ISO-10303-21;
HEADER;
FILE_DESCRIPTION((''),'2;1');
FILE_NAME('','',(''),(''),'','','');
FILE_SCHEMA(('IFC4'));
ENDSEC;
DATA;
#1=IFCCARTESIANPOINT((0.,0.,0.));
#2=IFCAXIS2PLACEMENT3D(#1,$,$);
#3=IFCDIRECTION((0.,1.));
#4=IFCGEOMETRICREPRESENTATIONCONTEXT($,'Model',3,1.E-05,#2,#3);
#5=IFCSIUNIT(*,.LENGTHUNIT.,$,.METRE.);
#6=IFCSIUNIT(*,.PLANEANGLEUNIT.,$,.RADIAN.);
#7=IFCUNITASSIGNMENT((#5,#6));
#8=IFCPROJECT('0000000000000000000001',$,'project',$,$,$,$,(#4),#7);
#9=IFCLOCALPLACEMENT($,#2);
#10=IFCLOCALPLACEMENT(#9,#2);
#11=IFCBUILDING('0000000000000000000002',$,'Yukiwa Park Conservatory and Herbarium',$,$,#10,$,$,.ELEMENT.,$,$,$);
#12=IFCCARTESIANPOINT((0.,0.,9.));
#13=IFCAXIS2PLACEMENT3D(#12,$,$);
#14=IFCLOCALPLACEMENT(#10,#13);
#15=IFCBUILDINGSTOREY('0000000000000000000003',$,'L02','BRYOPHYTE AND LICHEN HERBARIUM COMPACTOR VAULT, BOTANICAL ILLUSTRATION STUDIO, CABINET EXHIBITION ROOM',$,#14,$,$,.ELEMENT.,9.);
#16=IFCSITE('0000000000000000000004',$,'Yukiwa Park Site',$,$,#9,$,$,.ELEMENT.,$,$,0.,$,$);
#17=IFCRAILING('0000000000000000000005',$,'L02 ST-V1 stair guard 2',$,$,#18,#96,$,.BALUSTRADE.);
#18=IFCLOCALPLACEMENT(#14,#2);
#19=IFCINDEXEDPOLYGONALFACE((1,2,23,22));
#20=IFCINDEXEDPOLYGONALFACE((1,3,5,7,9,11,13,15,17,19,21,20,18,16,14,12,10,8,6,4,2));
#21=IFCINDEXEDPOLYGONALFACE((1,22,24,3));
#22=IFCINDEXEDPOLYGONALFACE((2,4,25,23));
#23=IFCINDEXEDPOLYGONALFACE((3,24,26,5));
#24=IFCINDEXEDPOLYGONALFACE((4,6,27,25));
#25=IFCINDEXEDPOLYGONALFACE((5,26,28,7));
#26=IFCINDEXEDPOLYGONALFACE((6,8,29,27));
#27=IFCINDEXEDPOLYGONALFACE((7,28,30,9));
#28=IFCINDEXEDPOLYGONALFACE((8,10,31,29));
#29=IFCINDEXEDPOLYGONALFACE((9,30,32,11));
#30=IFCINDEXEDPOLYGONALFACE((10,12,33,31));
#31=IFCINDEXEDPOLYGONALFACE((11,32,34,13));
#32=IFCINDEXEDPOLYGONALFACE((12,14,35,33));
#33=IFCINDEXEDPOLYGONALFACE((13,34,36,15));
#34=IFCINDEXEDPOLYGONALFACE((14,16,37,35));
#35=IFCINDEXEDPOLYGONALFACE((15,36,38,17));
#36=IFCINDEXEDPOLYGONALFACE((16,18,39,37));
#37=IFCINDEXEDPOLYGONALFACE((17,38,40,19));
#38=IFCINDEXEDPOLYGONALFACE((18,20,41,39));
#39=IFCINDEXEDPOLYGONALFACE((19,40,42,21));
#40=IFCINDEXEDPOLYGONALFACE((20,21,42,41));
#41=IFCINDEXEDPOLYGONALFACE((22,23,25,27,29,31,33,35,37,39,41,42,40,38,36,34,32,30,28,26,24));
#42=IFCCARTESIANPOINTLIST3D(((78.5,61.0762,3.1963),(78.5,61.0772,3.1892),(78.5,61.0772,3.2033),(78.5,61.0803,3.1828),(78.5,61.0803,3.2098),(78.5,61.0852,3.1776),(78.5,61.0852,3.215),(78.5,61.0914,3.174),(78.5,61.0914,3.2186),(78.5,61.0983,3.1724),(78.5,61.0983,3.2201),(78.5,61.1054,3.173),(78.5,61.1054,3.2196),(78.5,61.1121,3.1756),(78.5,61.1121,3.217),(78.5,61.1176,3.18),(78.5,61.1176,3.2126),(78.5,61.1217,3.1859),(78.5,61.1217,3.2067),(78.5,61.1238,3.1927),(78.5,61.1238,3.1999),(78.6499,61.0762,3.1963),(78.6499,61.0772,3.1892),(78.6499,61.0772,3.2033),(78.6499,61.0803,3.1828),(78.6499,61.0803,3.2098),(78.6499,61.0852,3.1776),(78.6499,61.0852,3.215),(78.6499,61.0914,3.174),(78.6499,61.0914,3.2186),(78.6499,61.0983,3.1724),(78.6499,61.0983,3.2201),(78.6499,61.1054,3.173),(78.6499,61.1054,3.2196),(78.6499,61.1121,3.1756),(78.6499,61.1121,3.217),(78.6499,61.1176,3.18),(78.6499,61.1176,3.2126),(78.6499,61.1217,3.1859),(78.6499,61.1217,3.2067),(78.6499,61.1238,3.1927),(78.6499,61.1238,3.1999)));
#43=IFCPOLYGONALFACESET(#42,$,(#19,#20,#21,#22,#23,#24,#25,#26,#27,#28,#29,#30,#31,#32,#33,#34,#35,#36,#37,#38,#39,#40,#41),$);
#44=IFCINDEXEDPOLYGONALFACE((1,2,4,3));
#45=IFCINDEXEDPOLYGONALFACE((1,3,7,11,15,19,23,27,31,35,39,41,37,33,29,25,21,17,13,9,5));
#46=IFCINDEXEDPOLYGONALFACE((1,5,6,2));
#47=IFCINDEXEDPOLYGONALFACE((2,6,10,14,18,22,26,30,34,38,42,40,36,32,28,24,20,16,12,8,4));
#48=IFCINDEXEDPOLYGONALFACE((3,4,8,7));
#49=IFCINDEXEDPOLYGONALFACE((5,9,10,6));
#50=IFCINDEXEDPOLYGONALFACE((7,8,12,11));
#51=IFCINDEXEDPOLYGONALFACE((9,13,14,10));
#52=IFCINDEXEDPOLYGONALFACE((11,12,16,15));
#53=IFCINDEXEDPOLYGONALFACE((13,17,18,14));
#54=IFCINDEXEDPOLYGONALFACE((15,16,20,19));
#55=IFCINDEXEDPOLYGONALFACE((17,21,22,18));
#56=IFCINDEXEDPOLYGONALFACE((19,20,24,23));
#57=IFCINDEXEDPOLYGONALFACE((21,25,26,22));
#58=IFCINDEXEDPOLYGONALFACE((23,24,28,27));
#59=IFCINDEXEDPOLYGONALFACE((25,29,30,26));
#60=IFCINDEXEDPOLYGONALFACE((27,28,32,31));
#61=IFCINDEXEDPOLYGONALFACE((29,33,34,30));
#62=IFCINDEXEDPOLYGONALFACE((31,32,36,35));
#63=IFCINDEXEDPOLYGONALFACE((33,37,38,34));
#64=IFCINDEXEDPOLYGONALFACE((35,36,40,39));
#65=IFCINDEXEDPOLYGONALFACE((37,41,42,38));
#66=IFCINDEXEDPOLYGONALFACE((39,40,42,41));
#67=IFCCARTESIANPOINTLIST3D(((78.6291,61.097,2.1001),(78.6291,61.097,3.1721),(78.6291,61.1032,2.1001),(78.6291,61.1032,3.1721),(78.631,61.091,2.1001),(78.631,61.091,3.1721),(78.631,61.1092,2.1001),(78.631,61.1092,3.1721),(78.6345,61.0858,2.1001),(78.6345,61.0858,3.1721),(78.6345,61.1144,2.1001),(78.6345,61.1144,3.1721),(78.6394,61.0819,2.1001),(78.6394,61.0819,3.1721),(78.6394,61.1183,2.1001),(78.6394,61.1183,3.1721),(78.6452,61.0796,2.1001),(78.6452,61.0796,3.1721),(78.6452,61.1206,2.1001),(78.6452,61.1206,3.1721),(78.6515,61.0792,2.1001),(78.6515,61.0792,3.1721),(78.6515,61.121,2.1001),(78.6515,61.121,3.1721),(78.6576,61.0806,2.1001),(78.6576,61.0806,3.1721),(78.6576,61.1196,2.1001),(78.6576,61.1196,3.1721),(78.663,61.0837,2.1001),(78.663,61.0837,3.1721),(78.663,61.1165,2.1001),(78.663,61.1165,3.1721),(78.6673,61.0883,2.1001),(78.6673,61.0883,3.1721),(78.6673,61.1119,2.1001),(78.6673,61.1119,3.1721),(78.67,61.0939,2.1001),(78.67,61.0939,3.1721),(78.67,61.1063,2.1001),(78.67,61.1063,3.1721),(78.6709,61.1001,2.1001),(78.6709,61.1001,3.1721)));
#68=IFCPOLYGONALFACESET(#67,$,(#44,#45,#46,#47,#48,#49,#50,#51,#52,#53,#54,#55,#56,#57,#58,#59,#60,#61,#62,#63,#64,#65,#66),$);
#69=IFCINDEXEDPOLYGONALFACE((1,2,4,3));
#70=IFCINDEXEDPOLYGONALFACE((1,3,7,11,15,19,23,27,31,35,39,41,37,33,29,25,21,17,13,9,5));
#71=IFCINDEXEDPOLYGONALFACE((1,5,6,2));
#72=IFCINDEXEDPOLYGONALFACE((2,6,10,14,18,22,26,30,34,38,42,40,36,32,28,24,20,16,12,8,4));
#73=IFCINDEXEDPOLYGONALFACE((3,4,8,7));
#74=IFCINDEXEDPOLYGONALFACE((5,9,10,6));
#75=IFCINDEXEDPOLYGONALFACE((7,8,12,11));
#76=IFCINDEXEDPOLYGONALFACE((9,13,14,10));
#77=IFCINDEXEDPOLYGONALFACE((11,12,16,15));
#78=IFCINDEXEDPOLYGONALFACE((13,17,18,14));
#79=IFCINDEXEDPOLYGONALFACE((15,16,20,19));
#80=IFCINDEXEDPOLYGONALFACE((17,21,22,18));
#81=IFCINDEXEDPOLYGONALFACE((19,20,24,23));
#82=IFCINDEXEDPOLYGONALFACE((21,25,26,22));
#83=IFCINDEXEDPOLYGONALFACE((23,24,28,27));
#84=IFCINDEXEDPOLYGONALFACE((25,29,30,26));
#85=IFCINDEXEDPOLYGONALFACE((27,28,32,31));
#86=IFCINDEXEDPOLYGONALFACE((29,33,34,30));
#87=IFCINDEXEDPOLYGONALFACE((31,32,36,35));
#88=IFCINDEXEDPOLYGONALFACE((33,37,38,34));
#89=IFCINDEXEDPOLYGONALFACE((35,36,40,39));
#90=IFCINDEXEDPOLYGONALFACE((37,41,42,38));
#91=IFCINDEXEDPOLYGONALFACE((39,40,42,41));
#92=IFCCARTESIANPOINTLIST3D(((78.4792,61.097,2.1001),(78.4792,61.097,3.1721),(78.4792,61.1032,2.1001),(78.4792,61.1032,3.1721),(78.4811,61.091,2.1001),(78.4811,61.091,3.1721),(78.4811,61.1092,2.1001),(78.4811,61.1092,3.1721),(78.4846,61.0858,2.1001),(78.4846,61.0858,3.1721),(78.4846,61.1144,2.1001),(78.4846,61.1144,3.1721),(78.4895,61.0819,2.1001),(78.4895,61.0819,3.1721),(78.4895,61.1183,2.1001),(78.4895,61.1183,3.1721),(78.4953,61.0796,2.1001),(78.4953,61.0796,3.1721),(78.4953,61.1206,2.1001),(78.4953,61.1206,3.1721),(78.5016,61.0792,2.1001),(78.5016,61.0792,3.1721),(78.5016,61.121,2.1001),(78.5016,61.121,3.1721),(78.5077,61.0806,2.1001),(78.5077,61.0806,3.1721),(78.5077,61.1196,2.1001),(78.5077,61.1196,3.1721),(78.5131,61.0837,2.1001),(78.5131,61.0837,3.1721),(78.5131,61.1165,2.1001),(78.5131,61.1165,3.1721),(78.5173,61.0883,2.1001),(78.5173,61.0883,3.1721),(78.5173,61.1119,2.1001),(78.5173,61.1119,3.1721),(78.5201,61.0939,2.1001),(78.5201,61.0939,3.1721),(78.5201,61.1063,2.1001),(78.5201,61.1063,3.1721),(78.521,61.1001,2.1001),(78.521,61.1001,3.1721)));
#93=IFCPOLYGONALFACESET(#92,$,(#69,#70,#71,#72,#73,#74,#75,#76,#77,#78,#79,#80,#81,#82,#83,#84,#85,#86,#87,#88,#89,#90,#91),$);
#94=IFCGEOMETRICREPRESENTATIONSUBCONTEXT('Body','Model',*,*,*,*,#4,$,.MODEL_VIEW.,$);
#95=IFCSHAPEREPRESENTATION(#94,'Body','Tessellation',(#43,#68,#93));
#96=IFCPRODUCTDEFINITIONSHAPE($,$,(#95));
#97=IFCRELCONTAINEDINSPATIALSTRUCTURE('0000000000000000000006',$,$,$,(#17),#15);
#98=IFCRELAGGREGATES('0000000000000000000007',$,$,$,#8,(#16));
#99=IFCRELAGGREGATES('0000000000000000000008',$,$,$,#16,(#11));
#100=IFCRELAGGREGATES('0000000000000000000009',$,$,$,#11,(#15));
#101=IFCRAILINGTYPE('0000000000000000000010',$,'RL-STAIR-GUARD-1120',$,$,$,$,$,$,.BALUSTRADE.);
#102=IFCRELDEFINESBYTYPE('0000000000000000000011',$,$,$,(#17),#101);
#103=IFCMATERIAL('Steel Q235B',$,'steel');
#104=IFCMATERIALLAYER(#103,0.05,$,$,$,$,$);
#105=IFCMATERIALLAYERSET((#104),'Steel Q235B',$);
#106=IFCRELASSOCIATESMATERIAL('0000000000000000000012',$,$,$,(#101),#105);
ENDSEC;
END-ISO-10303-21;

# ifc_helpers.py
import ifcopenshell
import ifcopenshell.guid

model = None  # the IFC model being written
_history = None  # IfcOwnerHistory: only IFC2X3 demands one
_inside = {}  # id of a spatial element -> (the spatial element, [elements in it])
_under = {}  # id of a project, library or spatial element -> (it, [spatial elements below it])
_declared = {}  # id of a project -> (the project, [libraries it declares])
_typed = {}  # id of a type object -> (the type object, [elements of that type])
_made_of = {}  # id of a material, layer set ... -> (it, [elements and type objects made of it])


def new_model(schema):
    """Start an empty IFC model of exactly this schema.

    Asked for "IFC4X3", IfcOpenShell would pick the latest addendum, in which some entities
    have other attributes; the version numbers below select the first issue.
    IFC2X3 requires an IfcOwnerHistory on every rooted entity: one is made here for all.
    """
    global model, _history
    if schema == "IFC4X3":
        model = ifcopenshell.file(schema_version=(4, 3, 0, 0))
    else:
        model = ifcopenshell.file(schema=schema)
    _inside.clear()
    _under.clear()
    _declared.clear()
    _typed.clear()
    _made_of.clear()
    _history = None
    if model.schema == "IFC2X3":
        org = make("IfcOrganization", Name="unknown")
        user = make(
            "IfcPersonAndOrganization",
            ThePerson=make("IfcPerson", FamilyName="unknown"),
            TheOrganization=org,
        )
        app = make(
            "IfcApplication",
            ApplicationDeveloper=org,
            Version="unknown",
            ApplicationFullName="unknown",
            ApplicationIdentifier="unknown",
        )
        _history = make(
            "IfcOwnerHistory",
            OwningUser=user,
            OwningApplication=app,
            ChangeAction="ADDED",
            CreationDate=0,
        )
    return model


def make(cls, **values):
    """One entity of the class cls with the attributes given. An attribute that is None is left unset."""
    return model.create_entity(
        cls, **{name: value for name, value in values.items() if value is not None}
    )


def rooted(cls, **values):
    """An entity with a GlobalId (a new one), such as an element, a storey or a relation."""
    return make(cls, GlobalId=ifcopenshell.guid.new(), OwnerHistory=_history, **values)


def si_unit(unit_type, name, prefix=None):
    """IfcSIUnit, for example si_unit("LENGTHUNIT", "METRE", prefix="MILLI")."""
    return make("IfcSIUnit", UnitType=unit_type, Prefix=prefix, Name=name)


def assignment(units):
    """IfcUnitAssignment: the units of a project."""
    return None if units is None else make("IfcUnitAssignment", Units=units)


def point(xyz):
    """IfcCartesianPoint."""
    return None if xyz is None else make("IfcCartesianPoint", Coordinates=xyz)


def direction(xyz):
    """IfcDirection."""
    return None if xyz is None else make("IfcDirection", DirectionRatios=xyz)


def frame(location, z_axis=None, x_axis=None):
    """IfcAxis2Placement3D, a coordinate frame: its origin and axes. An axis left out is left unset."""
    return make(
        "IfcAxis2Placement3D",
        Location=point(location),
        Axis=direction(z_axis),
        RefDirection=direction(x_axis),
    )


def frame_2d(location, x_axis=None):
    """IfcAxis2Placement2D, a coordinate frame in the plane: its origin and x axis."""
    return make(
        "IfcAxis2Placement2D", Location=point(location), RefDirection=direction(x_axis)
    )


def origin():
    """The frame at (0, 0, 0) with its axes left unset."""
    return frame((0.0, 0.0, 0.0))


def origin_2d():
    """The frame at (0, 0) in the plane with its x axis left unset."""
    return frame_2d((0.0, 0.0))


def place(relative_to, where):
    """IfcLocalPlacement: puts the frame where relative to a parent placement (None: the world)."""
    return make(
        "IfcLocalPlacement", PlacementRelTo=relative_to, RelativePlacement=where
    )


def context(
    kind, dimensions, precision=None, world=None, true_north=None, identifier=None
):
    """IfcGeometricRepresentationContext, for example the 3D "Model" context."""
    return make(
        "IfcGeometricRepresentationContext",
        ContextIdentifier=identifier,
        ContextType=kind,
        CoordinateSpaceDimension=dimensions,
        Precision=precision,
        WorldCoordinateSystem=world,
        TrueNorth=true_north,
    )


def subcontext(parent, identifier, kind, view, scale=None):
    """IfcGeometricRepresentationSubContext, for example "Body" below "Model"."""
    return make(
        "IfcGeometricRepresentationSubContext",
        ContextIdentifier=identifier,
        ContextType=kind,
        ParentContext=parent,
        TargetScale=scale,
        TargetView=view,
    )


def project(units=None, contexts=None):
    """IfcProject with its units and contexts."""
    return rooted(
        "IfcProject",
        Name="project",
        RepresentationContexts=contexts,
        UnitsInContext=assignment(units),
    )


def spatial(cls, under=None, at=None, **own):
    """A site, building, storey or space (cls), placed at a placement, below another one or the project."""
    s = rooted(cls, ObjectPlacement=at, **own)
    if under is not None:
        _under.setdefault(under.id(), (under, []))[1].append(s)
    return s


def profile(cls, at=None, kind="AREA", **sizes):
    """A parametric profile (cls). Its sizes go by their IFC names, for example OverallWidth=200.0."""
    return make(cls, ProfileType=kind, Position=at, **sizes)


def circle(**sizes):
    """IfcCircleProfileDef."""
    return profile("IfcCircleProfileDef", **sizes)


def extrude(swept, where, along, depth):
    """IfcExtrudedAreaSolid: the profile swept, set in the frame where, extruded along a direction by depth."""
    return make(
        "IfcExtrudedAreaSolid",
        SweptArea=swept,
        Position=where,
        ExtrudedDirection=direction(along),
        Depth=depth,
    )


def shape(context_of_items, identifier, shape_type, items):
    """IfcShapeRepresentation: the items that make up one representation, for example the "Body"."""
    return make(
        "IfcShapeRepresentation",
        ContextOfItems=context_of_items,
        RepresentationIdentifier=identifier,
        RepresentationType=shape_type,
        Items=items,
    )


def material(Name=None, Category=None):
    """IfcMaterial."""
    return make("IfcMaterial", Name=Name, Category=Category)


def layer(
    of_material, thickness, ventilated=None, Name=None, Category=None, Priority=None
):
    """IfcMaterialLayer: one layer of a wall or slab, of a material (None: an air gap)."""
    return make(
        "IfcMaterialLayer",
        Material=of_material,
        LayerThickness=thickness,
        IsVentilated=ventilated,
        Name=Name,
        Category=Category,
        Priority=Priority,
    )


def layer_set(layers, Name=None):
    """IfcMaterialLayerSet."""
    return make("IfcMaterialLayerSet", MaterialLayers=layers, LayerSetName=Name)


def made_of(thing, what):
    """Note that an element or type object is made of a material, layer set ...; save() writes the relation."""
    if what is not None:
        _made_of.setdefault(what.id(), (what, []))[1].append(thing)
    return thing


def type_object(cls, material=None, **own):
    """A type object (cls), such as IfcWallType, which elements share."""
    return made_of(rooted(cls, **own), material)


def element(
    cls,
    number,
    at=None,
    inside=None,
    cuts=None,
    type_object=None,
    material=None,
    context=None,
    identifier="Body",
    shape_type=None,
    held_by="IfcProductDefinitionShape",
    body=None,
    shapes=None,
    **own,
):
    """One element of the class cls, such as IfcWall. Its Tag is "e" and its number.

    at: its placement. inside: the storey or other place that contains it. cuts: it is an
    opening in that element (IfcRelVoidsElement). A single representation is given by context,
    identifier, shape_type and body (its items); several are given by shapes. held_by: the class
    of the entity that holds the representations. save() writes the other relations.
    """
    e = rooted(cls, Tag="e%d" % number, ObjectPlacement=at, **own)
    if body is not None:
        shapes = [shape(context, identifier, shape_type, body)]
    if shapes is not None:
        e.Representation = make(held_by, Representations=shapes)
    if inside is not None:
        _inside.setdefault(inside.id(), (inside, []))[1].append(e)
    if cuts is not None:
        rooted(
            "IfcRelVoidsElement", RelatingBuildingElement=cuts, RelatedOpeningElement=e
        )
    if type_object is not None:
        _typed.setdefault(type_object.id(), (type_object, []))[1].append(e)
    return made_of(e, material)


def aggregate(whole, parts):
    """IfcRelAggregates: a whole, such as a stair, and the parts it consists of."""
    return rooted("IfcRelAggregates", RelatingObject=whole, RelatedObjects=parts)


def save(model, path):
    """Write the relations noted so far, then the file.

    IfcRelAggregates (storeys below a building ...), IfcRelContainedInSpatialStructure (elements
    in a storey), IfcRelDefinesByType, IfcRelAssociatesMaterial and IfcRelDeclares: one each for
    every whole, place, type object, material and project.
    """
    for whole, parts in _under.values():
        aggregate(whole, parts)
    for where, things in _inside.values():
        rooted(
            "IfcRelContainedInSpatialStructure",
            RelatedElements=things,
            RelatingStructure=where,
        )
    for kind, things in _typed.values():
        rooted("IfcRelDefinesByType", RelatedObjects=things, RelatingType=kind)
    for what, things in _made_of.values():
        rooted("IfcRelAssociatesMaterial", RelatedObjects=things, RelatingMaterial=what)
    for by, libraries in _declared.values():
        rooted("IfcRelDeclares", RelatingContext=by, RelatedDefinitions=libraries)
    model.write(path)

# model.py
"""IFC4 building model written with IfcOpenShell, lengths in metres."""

from ifc_helpers import new_model, si_unit, direction, frame, origin, origin_2d, place, context, subcontext, project, spatial, circle, extrude, material, layer, layer_set, type_object, element, save


model = new_model("IFC4")

# Units and contexts
model_context = context("Model", 3, precision=1e-05, world=origin(), true_north=direction((0.0, 1.0)))
body_context = subcontext(model_context, "Body", "Model", "MODEL_VIEW")
ifc_project = project(units=[si_unit("LENGTHUNIT", "METRE"), si_unit("PLANEANGLEUNIT", "RADIAN")], contexts=[model_context])

# Site, building, storey
site_placement = place(None, origin())
site = spatial("IfcSite", under=ifc_project, at=site_placement, Name="Yukiwa Park Site", CompositionType="ELEMENT", RefElevation=0.0)
building_placement = place(site_placement, origin())
building = spatial("IfcBuilding", under=site, at=building_placement, Name="Yukiwa Park Conservatory and Herbarium", CompositionType="ELEMENT")
storey_placement = place(building_placement, frame((0.0, 0.0, 9.0)))
storey = spatial("IfcBuildingStorey", under=building, at=storey_placement, Name="L02", Description="BRYOPHYTE AND LICHEN HERBARIUM COMPACTOR VAULT, BOTANICAL ILLUSTRATION STUDIO, CABINET EXHIBITION ROOM", CompositionType="ELEMENT", Elevation=9.0)

# Railing
ifc_material_1 = material(Name="Steel Q235B", Category="steel")
ifc_layer_1 = layer(ifc_material_1, 0.05)
ifc_layer_set_1 = layer_set([ifc_layer_1], Name="Steel Q235B")
railing_type_1 = type_object("IfcRailingType", Name="RL-STAIR-GUARD-1120", PredefinedType="BALUSTRADE", material=ifc_layer_set_1)
railing_1_placement = place(storey_placement, frame((78.6499, 61.1001, 2.1001)))
element("IfcRailing", 1, at=railing_1_placement, inside=storey, type_object=railing_type_1, Name="L02 ST-V1 stair guard 2", PredefinedType="BALUSTRADE", context=body_context, shape_type="SweptSolid", body=[
    extrude(circle(Radius=0.0239, at=origin_2d()), frame((0.0, 0.0, 1.0962), z_axis=(-1.0, 0.0, 0.0), x_axis=(0.0, -1.0, 0.0)), (0.0, 0.0, 1.0), 0.1499),
    extrude(circle(Radius=0.021, at=origin_2d()), origin(), (0.0, 0.0, 1.0), 1.072),
    extrude(circle(Radius=0.021, at=origin_2d()), frame((-0.1499, 0.0, 0.0)), (0.0, 0.0, 1.0), 1.072),
])

save(model, "model.ifc")
